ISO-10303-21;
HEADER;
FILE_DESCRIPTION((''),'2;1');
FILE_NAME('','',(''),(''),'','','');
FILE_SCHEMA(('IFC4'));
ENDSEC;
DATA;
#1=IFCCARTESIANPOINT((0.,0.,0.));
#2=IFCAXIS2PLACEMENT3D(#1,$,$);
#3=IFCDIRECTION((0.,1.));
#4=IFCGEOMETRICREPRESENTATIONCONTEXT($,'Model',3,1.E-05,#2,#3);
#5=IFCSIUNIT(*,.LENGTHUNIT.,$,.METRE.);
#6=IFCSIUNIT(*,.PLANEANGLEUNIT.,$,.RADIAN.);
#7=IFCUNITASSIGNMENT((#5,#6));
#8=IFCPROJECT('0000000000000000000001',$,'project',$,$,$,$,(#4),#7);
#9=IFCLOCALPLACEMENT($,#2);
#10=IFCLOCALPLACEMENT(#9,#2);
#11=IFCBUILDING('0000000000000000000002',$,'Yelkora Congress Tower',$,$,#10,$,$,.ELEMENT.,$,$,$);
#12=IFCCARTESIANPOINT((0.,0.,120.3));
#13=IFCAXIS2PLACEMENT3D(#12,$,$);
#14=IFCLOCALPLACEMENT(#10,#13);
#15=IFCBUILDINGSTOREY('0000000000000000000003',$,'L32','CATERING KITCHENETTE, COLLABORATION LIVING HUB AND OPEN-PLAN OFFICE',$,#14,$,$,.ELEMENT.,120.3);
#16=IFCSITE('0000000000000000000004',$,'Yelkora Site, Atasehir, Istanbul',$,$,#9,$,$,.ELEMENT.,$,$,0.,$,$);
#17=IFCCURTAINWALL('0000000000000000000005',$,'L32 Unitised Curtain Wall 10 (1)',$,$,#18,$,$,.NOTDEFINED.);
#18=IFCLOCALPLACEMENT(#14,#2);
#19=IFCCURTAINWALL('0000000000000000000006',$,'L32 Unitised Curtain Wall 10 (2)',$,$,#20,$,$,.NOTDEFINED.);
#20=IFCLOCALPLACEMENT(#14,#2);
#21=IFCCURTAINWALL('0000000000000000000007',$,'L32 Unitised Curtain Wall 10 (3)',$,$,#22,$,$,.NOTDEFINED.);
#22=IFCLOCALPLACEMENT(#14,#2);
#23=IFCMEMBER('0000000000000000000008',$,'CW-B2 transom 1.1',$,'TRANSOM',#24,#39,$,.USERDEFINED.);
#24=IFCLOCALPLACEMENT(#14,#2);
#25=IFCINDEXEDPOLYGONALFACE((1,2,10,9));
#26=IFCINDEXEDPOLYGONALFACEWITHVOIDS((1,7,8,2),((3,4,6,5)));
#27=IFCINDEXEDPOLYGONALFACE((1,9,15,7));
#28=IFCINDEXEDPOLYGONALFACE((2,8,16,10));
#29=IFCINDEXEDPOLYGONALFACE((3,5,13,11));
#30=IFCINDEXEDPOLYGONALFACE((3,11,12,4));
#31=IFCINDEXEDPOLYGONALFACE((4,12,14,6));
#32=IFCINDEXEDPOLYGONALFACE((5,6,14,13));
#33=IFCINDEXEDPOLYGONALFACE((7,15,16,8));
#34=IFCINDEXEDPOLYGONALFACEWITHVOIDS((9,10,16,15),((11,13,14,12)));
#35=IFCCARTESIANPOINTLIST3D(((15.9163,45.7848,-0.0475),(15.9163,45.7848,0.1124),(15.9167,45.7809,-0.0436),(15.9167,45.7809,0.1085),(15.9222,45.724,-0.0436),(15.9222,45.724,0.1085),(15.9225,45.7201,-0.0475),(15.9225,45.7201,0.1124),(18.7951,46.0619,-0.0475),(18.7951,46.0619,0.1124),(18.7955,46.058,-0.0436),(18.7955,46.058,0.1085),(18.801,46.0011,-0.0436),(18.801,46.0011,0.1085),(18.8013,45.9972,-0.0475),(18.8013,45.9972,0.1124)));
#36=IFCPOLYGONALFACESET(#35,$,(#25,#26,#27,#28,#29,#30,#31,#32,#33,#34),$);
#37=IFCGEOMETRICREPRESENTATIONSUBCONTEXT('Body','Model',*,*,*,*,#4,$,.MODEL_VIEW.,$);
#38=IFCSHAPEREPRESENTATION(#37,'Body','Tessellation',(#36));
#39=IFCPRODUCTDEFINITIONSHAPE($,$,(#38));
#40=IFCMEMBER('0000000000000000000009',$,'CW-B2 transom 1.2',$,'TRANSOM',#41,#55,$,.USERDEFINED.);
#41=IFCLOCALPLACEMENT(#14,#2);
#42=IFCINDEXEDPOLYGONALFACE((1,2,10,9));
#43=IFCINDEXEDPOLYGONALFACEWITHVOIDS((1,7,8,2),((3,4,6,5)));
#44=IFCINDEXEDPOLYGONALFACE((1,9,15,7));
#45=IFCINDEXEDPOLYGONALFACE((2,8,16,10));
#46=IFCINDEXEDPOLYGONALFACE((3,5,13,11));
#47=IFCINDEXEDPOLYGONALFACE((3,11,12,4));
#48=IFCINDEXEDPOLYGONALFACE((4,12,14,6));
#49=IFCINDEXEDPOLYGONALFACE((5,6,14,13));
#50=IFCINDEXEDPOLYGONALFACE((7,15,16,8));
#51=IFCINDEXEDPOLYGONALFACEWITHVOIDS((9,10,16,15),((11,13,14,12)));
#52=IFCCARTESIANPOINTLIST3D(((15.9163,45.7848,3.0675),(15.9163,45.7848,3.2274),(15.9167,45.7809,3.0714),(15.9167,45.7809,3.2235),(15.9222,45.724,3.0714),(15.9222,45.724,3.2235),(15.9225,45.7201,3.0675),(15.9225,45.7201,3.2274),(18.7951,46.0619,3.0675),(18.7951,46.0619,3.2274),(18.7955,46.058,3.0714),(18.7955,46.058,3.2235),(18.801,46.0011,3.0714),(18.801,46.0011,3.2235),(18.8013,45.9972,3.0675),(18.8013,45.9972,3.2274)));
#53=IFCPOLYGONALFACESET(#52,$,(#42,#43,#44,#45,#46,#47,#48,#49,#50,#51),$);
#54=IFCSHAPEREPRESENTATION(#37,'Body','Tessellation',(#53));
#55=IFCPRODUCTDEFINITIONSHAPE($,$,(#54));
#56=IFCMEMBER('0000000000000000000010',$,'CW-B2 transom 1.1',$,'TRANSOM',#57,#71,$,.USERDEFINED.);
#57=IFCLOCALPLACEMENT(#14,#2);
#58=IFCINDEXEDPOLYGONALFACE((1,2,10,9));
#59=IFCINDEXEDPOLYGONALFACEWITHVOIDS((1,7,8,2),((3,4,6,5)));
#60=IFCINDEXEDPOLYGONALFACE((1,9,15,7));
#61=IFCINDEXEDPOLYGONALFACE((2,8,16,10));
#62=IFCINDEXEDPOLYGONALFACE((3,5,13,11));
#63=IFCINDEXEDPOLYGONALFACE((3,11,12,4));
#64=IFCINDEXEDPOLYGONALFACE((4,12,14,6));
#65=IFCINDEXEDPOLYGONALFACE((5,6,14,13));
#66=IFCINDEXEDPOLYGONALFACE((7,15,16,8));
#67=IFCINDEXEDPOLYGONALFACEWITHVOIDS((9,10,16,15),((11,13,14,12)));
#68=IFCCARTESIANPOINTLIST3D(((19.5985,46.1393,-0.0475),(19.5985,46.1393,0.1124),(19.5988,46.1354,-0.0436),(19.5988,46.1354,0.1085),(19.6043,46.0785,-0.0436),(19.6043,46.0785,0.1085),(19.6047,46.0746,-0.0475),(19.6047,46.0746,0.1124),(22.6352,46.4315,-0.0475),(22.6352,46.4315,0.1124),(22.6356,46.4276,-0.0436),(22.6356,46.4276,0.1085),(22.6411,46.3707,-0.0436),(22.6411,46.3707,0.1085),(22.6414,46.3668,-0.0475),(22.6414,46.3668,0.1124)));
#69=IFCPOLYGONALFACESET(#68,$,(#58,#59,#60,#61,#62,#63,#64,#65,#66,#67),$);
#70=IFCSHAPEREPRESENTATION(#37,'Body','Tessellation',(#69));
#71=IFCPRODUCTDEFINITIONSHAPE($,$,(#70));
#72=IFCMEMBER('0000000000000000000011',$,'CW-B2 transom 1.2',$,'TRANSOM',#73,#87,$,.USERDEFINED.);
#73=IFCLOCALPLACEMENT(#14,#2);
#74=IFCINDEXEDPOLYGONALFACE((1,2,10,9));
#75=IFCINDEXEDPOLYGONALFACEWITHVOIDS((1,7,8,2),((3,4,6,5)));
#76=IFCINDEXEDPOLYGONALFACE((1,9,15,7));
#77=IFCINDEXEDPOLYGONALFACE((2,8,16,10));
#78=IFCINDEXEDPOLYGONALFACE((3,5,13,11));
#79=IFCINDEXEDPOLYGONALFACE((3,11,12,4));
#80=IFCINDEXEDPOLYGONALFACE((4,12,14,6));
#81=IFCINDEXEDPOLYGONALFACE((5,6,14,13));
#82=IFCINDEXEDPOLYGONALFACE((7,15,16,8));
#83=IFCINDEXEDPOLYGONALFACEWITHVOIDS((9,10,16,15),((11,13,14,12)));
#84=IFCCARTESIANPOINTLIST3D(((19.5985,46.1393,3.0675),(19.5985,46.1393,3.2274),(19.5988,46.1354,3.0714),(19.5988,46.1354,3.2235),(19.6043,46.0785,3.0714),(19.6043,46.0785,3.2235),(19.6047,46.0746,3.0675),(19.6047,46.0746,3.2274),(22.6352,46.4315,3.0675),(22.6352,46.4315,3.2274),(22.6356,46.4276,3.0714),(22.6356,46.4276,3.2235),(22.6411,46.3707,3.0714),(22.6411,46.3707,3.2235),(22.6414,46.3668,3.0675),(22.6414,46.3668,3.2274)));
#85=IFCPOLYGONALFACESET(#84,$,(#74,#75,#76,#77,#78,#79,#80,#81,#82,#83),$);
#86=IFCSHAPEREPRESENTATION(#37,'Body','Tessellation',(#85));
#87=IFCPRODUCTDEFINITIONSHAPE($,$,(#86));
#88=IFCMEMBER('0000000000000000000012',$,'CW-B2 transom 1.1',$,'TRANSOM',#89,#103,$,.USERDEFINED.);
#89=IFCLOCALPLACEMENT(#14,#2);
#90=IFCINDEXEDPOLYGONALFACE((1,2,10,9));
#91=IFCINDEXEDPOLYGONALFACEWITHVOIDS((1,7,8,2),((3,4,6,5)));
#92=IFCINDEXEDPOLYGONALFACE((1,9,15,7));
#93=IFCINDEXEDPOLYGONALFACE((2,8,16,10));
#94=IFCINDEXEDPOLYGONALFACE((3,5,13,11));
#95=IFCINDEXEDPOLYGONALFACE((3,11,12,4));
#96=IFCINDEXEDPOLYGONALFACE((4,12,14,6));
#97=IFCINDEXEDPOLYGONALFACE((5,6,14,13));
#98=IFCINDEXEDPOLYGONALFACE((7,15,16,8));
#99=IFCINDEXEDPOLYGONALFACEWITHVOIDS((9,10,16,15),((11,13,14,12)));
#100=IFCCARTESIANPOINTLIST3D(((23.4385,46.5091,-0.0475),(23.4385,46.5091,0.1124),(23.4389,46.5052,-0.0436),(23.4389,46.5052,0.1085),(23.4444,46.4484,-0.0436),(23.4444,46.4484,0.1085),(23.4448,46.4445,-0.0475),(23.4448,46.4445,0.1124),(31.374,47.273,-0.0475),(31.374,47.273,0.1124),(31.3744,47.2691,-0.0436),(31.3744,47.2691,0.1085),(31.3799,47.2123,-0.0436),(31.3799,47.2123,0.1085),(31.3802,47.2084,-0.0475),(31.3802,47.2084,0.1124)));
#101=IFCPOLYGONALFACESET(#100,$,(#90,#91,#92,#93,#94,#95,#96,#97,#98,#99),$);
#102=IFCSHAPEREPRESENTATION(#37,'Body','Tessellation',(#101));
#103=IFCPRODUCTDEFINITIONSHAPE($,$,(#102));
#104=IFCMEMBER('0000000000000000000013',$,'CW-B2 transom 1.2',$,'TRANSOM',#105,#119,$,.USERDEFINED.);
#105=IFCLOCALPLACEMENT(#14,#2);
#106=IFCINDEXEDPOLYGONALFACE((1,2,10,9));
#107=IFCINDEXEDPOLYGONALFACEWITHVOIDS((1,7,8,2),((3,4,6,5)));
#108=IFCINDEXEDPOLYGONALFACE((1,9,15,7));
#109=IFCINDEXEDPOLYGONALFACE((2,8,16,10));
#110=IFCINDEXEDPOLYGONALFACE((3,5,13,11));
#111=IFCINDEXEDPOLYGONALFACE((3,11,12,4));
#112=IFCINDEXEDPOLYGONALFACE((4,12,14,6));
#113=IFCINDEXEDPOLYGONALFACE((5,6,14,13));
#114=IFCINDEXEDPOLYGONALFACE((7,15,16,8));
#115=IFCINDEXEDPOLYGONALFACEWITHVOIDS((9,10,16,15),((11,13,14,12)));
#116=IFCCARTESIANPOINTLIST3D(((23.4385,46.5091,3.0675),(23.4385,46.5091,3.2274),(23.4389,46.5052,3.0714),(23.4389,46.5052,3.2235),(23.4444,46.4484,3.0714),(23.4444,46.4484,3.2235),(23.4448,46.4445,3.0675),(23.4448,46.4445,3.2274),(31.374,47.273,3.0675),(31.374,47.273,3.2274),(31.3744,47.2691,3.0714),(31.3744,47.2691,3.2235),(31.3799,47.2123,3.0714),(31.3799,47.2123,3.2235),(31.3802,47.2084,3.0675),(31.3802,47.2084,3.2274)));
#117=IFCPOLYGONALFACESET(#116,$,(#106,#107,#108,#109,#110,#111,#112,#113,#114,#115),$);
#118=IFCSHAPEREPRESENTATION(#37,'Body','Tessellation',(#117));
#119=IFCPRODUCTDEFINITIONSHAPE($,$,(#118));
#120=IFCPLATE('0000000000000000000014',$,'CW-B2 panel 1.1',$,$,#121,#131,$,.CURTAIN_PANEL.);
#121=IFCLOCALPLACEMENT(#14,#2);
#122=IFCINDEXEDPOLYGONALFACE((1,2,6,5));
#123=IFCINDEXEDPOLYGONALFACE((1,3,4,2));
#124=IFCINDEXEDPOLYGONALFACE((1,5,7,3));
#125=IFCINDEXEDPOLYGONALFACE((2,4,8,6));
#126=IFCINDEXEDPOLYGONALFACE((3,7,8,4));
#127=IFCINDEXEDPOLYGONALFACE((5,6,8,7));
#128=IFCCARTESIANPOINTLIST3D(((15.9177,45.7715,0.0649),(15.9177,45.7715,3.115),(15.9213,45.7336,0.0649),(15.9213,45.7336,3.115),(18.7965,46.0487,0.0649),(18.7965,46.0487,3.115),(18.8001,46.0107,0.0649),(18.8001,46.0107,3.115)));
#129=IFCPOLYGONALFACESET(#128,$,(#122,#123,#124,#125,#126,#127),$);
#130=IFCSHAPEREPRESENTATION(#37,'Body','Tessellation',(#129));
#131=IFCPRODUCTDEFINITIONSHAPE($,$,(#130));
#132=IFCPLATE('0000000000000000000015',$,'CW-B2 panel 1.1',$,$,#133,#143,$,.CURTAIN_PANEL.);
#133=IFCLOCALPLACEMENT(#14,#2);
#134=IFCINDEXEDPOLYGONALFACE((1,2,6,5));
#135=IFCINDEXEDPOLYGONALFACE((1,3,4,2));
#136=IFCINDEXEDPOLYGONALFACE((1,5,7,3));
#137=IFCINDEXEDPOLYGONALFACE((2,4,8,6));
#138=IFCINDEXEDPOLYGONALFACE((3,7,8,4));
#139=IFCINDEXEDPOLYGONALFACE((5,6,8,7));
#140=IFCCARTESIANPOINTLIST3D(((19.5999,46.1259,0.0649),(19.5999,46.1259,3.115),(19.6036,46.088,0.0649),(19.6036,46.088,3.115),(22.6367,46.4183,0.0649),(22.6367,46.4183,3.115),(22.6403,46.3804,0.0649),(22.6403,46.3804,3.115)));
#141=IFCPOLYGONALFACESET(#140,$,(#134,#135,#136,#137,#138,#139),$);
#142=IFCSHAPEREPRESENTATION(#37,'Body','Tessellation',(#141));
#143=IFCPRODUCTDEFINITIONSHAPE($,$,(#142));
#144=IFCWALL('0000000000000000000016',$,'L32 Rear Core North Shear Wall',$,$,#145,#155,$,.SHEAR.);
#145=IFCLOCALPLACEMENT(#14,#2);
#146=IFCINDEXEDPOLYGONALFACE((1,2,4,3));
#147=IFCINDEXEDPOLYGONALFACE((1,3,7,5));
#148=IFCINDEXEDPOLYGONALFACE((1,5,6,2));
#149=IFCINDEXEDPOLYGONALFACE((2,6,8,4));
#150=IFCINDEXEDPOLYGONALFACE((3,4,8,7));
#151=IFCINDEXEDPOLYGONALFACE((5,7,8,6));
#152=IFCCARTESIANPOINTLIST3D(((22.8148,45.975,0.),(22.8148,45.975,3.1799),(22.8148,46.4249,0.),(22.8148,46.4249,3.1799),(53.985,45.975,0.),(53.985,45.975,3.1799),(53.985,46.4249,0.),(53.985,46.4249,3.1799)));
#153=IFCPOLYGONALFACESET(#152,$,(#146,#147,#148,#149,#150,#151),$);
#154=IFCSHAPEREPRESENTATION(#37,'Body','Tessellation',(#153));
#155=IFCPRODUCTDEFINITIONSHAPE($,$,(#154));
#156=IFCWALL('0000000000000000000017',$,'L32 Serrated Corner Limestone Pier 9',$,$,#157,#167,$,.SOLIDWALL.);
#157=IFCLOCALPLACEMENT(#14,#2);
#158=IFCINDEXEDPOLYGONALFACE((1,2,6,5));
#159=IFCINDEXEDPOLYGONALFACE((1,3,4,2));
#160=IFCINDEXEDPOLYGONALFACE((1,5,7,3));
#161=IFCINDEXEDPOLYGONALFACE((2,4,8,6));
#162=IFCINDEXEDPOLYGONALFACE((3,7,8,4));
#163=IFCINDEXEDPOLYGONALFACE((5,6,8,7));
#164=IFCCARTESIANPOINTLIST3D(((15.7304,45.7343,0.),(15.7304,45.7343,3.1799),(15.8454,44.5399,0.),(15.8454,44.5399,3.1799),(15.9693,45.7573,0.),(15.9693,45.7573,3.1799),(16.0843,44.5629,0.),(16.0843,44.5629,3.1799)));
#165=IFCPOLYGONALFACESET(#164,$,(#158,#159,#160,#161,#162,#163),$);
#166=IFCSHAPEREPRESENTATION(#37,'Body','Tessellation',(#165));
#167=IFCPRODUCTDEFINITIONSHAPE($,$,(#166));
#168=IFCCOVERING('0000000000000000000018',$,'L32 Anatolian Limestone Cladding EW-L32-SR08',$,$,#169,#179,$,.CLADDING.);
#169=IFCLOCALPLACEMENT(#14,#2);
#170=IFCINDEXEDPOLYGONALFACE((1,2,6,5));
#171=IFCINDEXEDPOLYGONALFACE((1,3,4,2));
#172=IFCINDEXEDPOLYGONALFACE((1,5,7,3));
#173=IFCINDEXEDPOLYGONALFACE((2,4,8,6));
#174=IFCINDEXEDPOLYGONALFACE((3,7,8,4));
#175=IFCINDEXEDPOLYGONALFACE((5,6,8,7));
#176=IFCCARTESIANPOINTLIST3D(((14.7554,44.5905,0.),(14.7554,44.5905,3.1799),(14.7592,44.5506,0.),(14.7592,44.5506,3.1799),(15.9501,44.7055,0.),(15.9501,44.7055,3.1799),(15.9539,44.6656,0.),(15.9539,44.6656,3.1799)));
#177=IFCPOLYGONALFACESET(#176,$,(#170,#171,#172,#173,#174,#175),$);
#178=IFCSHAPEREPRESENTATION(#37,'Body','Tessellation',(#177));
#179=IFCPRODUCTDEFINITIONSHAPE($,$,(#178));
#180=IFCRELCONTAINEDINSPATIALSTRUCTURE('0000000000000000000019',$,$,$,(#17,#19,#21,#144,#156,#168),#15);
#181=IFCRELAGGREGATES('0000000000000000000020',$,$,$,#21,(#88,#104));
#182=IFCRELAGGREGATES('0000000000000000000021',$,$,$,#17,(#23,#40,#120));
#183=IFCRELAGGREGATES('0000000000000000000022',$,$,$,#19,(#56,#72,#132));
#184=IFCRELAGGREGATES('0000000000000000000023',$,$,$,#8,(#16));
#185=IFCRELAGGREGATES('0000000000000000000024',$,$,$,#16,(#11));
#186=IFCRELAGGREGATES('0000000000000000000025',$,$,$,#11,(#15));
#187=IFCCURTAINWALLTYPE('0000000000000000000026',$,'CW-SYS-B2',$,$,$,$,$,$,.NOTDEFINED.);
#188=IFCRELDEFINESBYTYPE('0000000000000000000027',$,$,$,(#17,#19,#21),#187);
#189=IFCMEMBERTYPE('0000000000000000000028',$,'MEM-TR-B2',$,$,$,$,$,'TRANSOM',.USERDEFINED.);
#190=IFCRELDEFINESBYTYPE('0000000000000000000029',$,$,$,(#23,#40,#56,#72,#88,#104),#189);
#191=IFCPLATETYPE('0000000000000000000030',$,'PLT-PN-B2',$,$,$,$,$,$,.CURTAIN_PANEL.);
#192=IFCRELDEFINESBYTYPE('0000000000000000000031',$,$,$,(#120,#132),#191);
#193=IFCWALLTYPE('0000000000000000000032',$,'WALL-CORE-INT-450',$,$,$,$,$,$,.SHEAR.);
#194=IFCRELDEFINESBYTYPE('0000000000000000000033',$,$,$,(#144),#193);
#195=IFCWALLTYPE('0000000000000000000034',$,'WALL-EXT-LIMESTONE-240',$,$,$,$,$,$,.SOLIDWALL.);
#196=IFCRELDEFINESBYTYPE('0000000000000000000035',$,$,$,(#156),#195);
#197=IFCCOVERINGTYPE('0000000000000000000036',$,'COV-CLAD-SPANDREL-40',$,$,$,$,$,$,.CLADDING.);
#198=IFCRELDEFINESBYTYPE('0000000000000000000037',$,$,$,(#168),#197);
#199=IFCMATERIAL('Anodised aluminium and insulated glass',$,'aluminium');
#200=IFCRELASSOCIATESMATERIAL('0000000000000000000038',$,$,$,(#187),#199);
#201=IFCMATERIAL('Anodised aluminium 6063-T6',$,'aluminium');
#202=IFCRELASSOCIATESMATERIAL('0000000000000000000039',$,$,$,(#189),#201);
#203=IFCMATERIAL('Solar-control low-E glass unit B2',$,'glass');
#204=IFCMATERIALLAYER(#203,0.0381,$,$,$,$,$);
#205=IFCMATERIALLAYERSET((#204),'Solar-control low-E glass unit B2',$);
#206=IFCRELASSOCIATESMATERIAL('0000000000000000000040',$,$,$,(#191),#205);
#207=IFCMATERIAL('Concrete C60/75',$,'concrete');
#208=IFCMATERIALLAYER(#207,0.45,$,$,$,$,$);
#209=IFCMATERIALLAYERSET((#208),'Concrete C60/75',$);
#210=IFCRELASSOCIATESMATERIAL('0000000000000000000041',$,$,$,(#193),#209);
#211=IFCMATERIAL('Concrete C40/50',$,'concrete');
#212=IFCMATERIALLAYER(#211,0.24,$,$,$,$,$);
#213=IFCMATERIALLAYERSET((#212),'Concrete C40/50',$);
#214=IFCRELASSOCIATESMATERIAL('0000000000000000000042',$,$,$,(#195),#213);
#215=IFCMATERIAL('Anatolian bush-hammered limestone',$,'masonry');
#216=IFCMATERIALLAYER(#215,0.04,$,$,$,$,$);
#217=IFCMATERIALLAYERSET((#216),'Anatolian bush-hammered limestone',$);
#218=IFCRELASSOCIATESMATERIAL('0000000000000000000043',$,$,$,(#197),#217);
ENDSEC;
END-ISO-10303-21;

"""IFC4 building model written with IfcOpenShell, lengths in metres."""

from ifc_helpers import new_model, si_unit, direction, frame, frame_2d, origin, origin_2d, place, context, subcontext, project, spatial, rectangle, hollow_rectangle, extrude, material, layer, layer_set, material_profile, profile_set, type_object, element, aggregate, save


model = new_model("IFC4")

# Units and contexts
model_context = context("Model", 3, precision=1e-05, world=origin(), true_north=direction((0.0, 1.0)))
body_context = subcontext(model_context, "Body", "Model", "MODEL_VIEW")
ifc_project = project(units=[si_unit("LENGTHUNIT", "METRE"), si_unit("PLANEANGLEUNIT", "RADIAN")], contexts=[model_context])

# Site, building, storey
site_placement = place(None, origin())
site = spatial("IfcSite", under=ifc_project, at=site_placement, Name="Yelkora Site, Atasehir, Istanbul", CompositionType="ELEMENT", RefElevation=0.0)
building_placement = place(site_placement, origin())
building = spatial("IfcBuilding", under=site, at=building_placement, Name="Yelkora Congress Tower", CompositionType="ELEMENT")
storey_placement = place(building_placement, frame((0.0, 0.0, 120.3)))
storey = spatial("IfcBuildingStorey", under=building, at=storey_placement, Name="L32", Description="CATERING KITCHENETTE, COLLABORATION LIVING HUB AND OPEN-PLAN OFFICE", CompositionType="ELEMENT", Elevation=120.3)

# Curtain walls
ifc_material_1 = material(Name="Anodised aluminium and insulated glass", Category="aluminium")
curtain_wall_type = type_object("IfcCurtainWallType", Name="CW-SYS-B2", PredefinedType="NOTDEFINED", material=ifc_material_1)
curtain_wall_1_placement = place(storey_placement, origin())
curtain_wall_1 = element("IfcCurtainWall", 1, at=curtain_wall_1_placement, inside=storey, type_object=curtain_wall_type, Name="L32 Unitised Curtain Wall 10 (1)", PredefinedType="NOTDEFINED")
ifc_material_2 = material(Name="Anodised aluminium 6063-T6", Category="aluminium")
curtain_wall_2_placement = place(storey_placement, origin())
curtain_wall_2 = element("IfcCurtainWall", 2, at=curtain_wall_2_placement, inside=storey, type_object=curtain_wall_type, Name="L32 Unitised Curtain Wall 10 (2)", PredefinedType="NOTDEFINED")

# Curtain wall
curtain_wall_3_placement = place(storey_placement, origin())
curtain_wall_3 = element("IfcCurtainWall", 3, at=curtain_wall_3_placement, inside=storey, type_object=curtain_wall_type, Name="L32 Unitised Curtain Wall 10 (3)", PredefinedType="NOTDEFINED")

# Members
ifc_material_profile_1 = material_profile(ifc_material_2, hollow_rectangle(XDim=0.0649, YDim=0.1599, WallThickness=0.0039, at=origin_2d()), Name="ALU 65x160x4")
ifc_profile_set_1 = profile_set([ifc_material_profile_1], Name="Anodised aluminium 6063-T6")
member_type_1 = type_object("IfcMemberType", Name="MEM-TR-B2", ElementType="TRANSOM", PredefinedType="USERDEFINED", material=ifc_profile_set_1)
member_1_placement = place(storey_placement, frame((15.9194, 45.7524, 0.0325), z_axis=(0.9954, 0.095809, 0.0), x_axis=(-0.095809, 0.9954, 0.0)))
member_1 = element("IfcMember", 4, at=member_1_placement, type_object=member_type_1, Name="CW-B2 transom 1.1", ObjectType="TRANSOM", PredefinedType="USERDEFINED", context=body_context, shape_type="SweptSolid", body=[
    extrude(hollow_rectangle(XDim=0.0649, YDim=0.1599, WallThickness=0.0039, at=origin_2d()), origin(), (0.0, 0.0, 1.0), 2.8921),
])
member_2_placement = place(storey_placement, frame((15.9194, 45.7524, 3.1475), z_axis=(0.9954, 0.095809, 0.0), x_axis=(-0.095809, 0.9954, 0.0)))
member_2 = element("IfcMember", 5, at=member_2_placement, type_object=member_type_1, Name="CW-B2 transom 1.2", ObjectType="TRANSOM", PredefinedType="USERDEFINED", context=body_context, shape_type="SweptSolid", body=[
    extrude(hollow_rectangle(XDim=0.0649, YDim=0.1599, WallThickness=0.0039, at=origin_2d()), origin(), (0.0, 0.0, 1.0), 2.8921),
])
member_3_placement = place(storey_placement, frame((19.6016, 46.1069, 0.0325), z_axis=(0.995402, 0.095787, 0.0), x_axis=(-0.095787, 0.995402, 0.0)))
member_3 = element("IfcMember", 6, at=member_3_placement, type_object=member_type_1, Name="CW-B2 transom 1.1", ObjectType="TRANSOM", PredefinedType="USERDEFINED", context=body_context, shape_type="SweptSolid", body=[
    extrude(hollow_rectangle(XDim=0.0649, YDim=0.1599, WallThickness=0.0039, at=origin_2d()), origin(), (0.0, 0.0, 1.0), 3.0508),
])
member_4_placement = place(storey_placement, frame((19.6016, 46.1069, 3.1475), z_axis=(0.995402, 0.095787, 0.0), x_axis=(-0.095787, 0.995402, 0.0)))
member_4 = element("IfcMember", 7, at=member_4_placement, type_object=member_type_1, Name="CW-B2 transom 1.2", ObjectType="TRANSOM", PredefinedType="USERDEFINED", context=body_context, shape_type="SweptSolid", body=[
    extrude(hollow_rectangle(XDim=0.0649, YDim=0.1599, WallThickness=0.0039, at=origin_2d()), origin(), (0.0, 0.0, 1.0), 3.0508),
])
member_5_placement = place(storey_placement, frame((23.4417, 46.4768, 0.0325), z_axis=(0.995398, 0.095822, 0.0), x_axis=(-0.095822, 0.995398, 0.0)))
member_5 = element("IfcMember", 8, at=member_5_placement, type_object=member_type_1, Name="CW-B2 transom 1.1", ObjectType="TRANSOM", PredefinedType="USERDEFINED", context=body_context, shape_type="SweptSolid", body=[
    extrude(hollow_rectangle(XDim=0.0649, YDim=0.1599, WallThickness=0.0039, at=origin_2d()), origin(), (0.0, 0.0, 1.0), 7.9722),
])
member_6_placement = place(storey_placement, frame((23.4417, 46.4768, 3.1475), z_axis=(0.995398, 0.095822, 0.0), x_axis=(-0.095822, 0.995398, 0.0)))
member_6 = element("IfcMember", 9, at=member_6_placement, type_object=member_type_1, Name="CW-B2 transom 1.2", ObjectType="TRANSOM", PredefinedType="USERDEFINED", context=body_context, shape_type="SweptSolid", body=[
    extrude(hollow_rectangle(XDim=0.0649, YDim=0.1599, WallThickness=0.0039, at=origin_2d()), origin(), (0.0, 0.0, 1.0), 7.9722),
])
aggregate(curtain_wall_3, [member_5, member_6])

# Plates
ifc_material_3 = material(Name="Solar-control low-E glass unit B2", Category="glass")
ifc_layer_1 = layer(ifc_material_3, 0.0381)
ifc_layer_set_1 = layer_set([ifc_layer_1], Name="Solar-control low-E glass unit B2")
plate_type = type_object("IfcPlateType", Name="PLT-PN-B2", PredefinedType="CURTAIN_PANEL", material=ifc_layer_set_1)
plate_1_placement = place(storey_placement, frame((17.3589, 45.8911, 0.0649), z_axis=(0.0, 0.0, 1.0), x_axis=(0.995397, 0.095839, 0.0)))
plate_1 = element("IfcPlate", 10, at=plate_1_placement, type_object=plate_type, Name="CW-B2 panel 1.1", PredefinedType="CURTAIN_PANEL", context=body_context, shape_type="SweptSolid", body=[
    extrude(rectangle(XDim=2.8921, YDim=0.0381, at=origin_2d()), origin(), (0.0, 0.0, 1.0), 3.05),
])
aggregate(curtain_wall_1, [member_1, member_2, plate_1])
plate_2_placement = place(storey_placement, frame((21.1201, 46.2532, 0.0649), z_axis=(0.0, 0.0, 1.0), x_axis=(0.995397, 0.095841, 0.0)))
plate_2 = element("IfcPlate", 11, at=plate_2_placement, type_object=plate_type, Name="CW-B2 panel 1.1", PredefinedType="CURTAIN_PANEL", context=body_context, shape_type="SweptSolid", body=[
    extrude(rectangle(XDim=3.0508, YDim=0.0381, at=origin_2d()), origin(), (0.0, 0.0, 1.0), 3.05),
])
aggregate(curtain_wall_2, [member_3, member_4, plate_2])

# Walls
ifc_material_4 = material(Name="Concrete C60/75", Category="concrete")
ifc_layer_2 = layer(ifc_material_4, 0.45)
ifc_layer_set_2 = layer_set([ifc_layer_2], Name="Concrete C60/75")
wall_type_1 = type_object("IfcWallType", Name="WALL-CORE-INT-450", PredefinedType="SHEAR", material=ifc_layer_set_2)
wall_1_placement = place(storey_placement, frame((22.8149, 46.2, 0.0), z_axis=(0.0, 0.0, 1.0), x_axis=(1.0, 0.0, 0.0)))
element("IfcWall", 12, at=wall_1_placement, inside=storey, type_object=wall_type_1, Name="L32 Rear Core North Shear Wall", PredefinedType="SHEAR", context=body_context, shape_type="SweptSolid", body=[
    extrude(rectangle(XDim=31.1702, YDim=0.45, at=frame_2d((15.585, 0.0))), origin(), (0.0, 0.0, 1.0), 3.1799),
])
ifc_material_5 = material(Name="Concrete C40/50", Category="concrete")
ifc_layer_3 = layer(ifc_material_5, 0.24)
ifc_layer_set_3 = layer_set([ifc_layer_3], Name="Concrete C40/50")
wall_type_2 = type_object("IfcWallType", Name="WALL-EXT-LIMESTONE-240", PredefinedType="SOLIDWALL", material=ifc_layer_set_3)
wall_2_placement = place(storey_placement, frame((15.9648, 44.5513, 0.0), z_axis=(0.0, 0.0, 1.0), x_axis=(-0.095836, 0.995397, 0.0)))
element("IfcWall", 13, at=wall_2_placement, inside=storey, type_object=wall_type_2, Name="L32 Serrated Corner Limestone Pier 9", PredefinedType="SOLIDWALL", context=body_context, shape_type="SweptSolid", body=[
    extrude(rectangle(XDim=1.2, YDim=0.24, at=frame_2d((0.6001, 0.0))), origin(), (0.0, 0.0, 1.0), 3.1799),
])

# Covering
ifc_material_6 = material(Name="Anatolian bush-hammered limestone", Category="masonry")
ifc_layer_4 = layer(ifc_material_6, 0.04)
ifc_layer_set_4 = layer_set([ifc_layer_4], Name="Anatolian bush-hammered limestone")
covering_type = type_object("IfcCoveringType", Name="COV-CLAD-SPANDREL-40", PredefinedType="CLADDING", material=ifc_layer_set_4)
covering_placement = place(storey_placement, frame((14.7573, 44.5706, 0.0), z_axis=(0.0, 0.0, 1.0), x_axis=(0.995399, 0.095817, 0.0)))
element("IfcCovering", 14, at=covering_placement, inside=storey, type_object=covering_type, Name="L32 Anatolian Limestone Cladding EW-L32-SR08", PredefinedType="CLADDING", context=body_context, shape_type="SweptSolid", body=[
    extrude(rectangle(XDim=1.2002, YDim=0.04, at=frame_2d((0.6001, 0.0))), origin(), (0.0, 0.0, 1.0), 3.1799),
])

save(model, "model.ifc")
